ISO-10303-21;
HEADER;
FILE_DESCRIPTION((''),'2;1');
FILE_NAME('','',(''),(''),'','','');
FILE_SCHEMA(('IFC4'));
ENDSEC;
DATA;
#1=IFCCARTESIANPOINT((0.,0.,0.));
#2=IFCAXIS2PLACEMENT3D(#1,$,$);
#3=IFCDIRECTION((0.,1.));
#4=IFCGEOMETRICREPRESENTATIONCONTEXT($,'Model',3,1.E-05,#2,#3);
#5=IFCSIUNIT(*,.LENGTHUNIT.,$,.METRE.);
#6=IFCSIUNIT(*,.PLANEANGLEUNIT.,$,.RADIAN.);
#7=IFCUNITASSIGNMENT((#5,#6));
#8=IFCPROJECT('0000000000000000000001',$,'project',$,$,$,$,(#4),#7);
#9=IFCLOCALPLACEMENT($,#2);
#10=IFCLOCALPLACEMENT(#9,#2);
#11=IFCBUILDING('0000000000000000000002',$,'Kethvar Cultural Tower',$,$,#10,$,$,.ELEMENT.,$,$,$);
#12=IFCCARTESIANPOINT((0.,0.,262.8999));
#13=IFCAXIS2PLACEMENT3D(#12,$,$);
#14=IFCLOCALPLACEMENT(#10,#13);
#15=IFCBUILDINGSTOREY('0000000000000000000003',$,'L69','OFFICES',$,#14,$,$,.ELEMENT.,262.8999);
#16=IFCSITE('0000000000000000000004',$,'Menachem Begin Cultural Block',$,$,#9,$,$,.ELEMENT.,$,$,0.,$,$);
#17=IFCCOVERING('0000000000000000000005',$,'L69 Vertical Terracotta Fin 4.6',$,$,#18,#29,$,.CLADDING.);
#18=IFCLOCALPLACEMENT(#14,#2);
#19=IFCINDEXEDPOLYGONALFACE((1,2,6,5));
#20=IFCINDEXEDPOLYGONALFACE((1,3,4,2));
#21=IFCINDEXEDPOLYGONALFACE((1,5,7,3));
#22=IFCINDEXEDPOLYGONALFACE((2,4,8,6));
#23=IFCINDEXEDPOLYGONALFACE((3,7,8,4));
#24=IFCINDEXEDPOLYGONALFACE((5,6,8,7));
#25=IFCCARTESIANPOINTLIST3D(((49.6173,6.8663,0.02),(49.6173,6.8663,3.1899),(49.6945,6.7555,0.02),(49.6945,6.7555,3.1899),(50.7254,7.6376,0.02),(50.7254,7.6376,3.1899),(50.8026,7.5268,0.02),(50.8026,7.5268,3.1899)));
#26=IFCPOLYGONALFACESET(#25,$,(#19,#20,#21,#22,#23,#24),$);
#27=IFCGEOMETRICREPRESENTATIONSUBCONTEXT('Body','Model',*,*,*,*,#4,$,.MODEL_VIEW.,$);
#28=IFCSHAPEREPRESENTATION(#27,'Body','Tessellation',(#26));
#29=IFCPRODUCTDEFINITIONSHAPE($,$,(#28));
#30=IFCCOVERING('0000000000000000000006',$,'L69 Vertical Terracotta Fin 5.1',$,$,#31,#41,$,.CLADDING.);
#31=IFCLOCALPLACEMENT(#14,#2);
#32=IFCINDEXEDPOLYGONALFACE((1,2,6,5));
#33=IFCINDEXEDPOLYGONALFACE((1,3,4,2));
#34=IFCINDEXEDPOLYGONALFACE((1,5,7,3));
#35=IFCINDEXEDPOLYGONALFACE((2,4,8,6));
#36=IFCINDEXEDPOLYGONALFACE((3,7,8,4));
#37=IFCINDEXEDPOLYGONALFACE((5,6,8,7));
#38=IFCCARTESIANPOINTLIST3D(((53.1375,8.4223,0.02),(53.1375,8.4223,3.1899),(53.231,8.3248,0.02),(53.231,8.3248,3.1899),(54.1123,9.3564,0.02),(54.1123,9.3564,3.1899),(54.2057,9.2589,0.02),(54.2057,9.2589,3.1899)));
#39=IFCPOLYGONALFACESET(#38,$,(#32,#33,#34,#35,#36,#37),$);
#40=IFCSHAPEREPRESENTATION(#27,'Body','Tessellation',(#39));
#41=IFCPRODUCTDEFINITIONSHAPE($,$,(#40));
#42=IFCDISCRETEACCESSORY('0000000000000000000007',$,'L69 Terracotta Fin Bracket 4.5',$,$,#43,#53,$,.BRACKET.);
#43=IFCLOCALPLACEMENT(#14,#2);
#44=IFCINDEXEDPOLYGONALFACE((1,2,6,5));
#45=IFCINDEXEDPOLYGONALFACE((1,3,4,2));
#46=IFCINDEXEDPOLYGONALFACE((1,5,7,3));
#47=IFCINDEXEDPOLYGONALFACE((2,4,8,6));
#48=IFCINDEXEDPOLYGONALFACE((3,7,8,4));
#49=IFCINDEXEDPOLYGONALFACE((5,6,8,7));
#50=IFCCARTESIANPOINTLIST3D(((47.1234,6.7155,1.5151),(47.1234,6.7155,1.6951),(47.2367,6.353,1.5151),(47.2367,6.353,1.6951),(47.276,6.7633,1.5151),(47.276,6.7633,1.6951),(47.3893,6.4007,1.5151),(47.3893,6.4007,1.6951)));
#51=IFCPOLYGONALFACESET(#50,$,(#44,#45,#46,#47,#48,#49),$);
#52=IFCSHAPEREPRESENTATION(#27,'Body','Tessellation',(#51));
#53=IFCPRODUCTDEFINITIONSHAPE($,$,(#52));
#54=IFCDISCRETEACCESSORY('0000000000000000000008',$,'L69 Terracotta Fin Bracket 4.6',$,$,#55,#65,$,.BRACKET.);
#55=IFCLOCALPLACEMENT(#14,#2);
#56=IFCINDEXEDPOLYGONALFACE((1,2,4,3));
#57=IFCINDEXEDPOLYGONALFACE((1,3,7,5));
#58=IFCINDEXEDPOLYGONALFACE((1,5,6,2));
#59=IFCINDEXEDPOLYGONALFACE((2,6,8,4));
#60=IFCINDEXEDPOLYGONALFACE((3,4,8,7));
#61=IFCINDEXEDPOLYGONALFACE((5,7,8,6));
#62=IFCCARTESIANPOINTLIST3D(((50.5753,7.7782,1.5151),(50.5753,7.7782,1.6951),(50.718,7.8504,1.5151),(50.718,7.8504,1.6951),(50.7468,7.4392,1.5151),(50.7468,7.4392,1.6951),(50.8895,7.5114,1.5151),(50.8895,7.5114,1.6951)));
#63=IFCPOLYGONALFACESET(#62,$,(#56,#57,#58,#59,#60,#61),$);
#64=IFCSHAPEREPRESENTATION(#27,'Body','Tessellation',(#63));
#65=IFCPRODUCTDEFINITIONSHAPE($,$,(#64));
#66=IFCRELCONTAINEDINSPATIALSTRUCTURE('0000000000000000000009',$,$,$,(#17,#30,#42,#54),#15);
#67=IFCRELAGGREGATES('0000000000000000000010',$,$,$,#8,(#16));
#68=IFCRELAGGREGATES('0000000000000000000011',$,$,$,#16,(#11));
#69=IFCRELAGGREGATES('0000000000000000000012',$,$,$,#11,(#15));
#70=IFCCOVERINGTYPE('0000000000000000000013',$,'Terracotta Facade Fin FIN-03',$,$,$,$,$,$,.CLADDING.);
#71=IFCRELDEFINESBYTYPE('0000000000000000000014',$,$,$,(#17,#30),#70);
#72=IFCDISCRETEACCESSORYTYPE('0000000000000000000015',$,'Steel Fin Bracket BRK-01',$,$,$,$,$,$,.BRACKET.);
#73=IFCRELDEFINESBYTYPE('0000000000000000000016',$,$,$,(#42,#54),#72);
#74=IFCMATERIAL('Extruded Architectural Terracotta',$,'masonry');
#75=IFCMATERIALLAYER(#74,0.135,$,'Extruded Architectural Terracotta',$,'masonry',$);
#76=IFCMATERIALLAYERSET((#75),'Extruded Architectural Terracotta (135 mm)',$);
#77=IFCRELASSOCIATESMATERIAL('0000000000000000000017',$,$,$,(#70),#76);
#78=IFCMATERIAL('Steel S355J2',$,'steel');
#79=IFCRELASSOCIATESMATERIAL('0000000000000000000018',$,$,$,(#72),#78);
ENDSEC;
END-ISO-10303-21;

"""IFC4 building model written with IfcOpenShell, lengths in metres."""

from ifc_helpers import new_model, si_unit, direction, frame, origin, origin_2d, place, context, subcontext, project, spatial, rectangle, extrude, source, transform, mapped, material, layer, layer_set, type_object, element, save


model = new_model("IFC4")

# Units and contexts
model_context = context("Model", 3, precision=1e-05, world=origin(), true_north=direction((0.0, 1.0)))
body_context = subcontext(model_context, "Body", "Model", "MODEL_VIEW")
ifc_project = project(units=[si_unit("LENGTHUNIT", "METRE"), si_unit("PLANEANGLEUNIT", "RADIAN")], contexts=[model_context])

# Site, building, storey
site_placement = place(None, origin())
site = spatial("IfcSite", under=ifc_project, at=site_placement, Name="Menachem Begin Cultural Block", CompositionType="ELEMENT", RefElevation=0.0)
building_placement = place(site_placement, origin())
building = spatial("IfcBuilding", under=site, at=building_placement, Name="Kethvar Cultural Tower", CompositionType="ELEMENT")
storey_placement = place(building_placement, frame((0.0, 0.0, 262.8999)))
storey = spatial("IfcBuildingStorey", under=building, at=storey_placement, Name="L69", Description="OFFICES", CompositionType="ELEMENT", Elevation=262.8999)

# Shared definitions
ifc_material_1 = material(Name="Steel S355J2", Category="steel")

# Coverings
ifc_material_2 = material(Name="Extruded Architectural Terracotta", Category="masonry")
ifc_layer_1 = layer(ifc_material_2, 0.135, Name="Extruded Architectural Terracotta", Category="masonry")
ifc_layer_set_1 = layer_set([ifc_layer_1], Name="Extruded Architectural Terracotta (135 mm)")
covering_type = type_object("IfcCoveringType", Name="Terracotta Facade Fin FIN-03", PredefinedType="CLADDING", material=ifc_layer_set_1)
shared_shape_1 = source(origin(), body_context, "Body", "SweptSolid", [
    extrude(rectangle(XDim=1.3501, YDim=0.135, at=origin_2d()), origin(), (0.0, 0.0, 1.0), 3.1699),
])
for number, where, z_axis, x_axis, name in (
    (1, (50.21, 7.1965, 0.02), (0.0, 0.0, 1.0), (-0.820751, -0.571287, 0.0), "L69 Vertical Terracotta Fin 4.6"),
    (2, (53.6716, 8.8406, 0.02), (0.0, 0.0, 1.0), (-0.722002, -0.691891, 0.0), "L69 Vertical Terracotta Fin 5.1"),
):
    element("IfcCovering", number, at=place(storey_placement, frame(where, z_axis=z_axis, x_axis=x_axis)), inside=storey, type_object=covering_type, Name=name, PredefinedType="CLADDING", context=body_context, shape_type="MappedRepresentation", body=[
        mapped(shared_shape_1, transform((0.0, 0.0, 0.0), scale=1.0)),
    ])

# Discrete accessories
discrete_accessory_type = type_object("IfcDiscreteAccessoryType", Name="Steel Fin Bracket BRK-01", PredefinedType="BRACKET", material=ifc_material_1)
shared_shape_2 = source(origin(), body_context, "Body", "SweptSolid", [
    extrude(rectangle(XDim=0.3799, YDim=0.1599, at=origin_2d()), origin(), (0.0, 0.0, 1.0), 0.1799),
])
for number, where, z_axis, x_axis, name in (
    (3, (47.2563, 6.5581, 1.5151), (0.0, 0.0, 1.0), (0.298375, -0.954449, 0.0), "L69 Terracotta Fin Bracket 4.5"),
    (4, (50.7324, 7.6448, 1.5151), (0.0, 0.0, 1.0), (0.451501, -0.892271, 0.0), "L69 Terracotta Fin Bracket 4.6"),
):
    element("IfcDiscreteAccessory", number, at=place(storey_placement, frame(where, z_axis=z_axis, x_axis=x_axis)), inside=storey, type_object=discrete_accessory_type, Name=name, PredefinedType="BRACKET", context=body_context, shape_type="MappedRepresentation", body=[
        mapped(shared_shape_2, transform((0.0, 0.0, 0.0), scale=1.0)),
    ])

save(model, "model.ifc")
